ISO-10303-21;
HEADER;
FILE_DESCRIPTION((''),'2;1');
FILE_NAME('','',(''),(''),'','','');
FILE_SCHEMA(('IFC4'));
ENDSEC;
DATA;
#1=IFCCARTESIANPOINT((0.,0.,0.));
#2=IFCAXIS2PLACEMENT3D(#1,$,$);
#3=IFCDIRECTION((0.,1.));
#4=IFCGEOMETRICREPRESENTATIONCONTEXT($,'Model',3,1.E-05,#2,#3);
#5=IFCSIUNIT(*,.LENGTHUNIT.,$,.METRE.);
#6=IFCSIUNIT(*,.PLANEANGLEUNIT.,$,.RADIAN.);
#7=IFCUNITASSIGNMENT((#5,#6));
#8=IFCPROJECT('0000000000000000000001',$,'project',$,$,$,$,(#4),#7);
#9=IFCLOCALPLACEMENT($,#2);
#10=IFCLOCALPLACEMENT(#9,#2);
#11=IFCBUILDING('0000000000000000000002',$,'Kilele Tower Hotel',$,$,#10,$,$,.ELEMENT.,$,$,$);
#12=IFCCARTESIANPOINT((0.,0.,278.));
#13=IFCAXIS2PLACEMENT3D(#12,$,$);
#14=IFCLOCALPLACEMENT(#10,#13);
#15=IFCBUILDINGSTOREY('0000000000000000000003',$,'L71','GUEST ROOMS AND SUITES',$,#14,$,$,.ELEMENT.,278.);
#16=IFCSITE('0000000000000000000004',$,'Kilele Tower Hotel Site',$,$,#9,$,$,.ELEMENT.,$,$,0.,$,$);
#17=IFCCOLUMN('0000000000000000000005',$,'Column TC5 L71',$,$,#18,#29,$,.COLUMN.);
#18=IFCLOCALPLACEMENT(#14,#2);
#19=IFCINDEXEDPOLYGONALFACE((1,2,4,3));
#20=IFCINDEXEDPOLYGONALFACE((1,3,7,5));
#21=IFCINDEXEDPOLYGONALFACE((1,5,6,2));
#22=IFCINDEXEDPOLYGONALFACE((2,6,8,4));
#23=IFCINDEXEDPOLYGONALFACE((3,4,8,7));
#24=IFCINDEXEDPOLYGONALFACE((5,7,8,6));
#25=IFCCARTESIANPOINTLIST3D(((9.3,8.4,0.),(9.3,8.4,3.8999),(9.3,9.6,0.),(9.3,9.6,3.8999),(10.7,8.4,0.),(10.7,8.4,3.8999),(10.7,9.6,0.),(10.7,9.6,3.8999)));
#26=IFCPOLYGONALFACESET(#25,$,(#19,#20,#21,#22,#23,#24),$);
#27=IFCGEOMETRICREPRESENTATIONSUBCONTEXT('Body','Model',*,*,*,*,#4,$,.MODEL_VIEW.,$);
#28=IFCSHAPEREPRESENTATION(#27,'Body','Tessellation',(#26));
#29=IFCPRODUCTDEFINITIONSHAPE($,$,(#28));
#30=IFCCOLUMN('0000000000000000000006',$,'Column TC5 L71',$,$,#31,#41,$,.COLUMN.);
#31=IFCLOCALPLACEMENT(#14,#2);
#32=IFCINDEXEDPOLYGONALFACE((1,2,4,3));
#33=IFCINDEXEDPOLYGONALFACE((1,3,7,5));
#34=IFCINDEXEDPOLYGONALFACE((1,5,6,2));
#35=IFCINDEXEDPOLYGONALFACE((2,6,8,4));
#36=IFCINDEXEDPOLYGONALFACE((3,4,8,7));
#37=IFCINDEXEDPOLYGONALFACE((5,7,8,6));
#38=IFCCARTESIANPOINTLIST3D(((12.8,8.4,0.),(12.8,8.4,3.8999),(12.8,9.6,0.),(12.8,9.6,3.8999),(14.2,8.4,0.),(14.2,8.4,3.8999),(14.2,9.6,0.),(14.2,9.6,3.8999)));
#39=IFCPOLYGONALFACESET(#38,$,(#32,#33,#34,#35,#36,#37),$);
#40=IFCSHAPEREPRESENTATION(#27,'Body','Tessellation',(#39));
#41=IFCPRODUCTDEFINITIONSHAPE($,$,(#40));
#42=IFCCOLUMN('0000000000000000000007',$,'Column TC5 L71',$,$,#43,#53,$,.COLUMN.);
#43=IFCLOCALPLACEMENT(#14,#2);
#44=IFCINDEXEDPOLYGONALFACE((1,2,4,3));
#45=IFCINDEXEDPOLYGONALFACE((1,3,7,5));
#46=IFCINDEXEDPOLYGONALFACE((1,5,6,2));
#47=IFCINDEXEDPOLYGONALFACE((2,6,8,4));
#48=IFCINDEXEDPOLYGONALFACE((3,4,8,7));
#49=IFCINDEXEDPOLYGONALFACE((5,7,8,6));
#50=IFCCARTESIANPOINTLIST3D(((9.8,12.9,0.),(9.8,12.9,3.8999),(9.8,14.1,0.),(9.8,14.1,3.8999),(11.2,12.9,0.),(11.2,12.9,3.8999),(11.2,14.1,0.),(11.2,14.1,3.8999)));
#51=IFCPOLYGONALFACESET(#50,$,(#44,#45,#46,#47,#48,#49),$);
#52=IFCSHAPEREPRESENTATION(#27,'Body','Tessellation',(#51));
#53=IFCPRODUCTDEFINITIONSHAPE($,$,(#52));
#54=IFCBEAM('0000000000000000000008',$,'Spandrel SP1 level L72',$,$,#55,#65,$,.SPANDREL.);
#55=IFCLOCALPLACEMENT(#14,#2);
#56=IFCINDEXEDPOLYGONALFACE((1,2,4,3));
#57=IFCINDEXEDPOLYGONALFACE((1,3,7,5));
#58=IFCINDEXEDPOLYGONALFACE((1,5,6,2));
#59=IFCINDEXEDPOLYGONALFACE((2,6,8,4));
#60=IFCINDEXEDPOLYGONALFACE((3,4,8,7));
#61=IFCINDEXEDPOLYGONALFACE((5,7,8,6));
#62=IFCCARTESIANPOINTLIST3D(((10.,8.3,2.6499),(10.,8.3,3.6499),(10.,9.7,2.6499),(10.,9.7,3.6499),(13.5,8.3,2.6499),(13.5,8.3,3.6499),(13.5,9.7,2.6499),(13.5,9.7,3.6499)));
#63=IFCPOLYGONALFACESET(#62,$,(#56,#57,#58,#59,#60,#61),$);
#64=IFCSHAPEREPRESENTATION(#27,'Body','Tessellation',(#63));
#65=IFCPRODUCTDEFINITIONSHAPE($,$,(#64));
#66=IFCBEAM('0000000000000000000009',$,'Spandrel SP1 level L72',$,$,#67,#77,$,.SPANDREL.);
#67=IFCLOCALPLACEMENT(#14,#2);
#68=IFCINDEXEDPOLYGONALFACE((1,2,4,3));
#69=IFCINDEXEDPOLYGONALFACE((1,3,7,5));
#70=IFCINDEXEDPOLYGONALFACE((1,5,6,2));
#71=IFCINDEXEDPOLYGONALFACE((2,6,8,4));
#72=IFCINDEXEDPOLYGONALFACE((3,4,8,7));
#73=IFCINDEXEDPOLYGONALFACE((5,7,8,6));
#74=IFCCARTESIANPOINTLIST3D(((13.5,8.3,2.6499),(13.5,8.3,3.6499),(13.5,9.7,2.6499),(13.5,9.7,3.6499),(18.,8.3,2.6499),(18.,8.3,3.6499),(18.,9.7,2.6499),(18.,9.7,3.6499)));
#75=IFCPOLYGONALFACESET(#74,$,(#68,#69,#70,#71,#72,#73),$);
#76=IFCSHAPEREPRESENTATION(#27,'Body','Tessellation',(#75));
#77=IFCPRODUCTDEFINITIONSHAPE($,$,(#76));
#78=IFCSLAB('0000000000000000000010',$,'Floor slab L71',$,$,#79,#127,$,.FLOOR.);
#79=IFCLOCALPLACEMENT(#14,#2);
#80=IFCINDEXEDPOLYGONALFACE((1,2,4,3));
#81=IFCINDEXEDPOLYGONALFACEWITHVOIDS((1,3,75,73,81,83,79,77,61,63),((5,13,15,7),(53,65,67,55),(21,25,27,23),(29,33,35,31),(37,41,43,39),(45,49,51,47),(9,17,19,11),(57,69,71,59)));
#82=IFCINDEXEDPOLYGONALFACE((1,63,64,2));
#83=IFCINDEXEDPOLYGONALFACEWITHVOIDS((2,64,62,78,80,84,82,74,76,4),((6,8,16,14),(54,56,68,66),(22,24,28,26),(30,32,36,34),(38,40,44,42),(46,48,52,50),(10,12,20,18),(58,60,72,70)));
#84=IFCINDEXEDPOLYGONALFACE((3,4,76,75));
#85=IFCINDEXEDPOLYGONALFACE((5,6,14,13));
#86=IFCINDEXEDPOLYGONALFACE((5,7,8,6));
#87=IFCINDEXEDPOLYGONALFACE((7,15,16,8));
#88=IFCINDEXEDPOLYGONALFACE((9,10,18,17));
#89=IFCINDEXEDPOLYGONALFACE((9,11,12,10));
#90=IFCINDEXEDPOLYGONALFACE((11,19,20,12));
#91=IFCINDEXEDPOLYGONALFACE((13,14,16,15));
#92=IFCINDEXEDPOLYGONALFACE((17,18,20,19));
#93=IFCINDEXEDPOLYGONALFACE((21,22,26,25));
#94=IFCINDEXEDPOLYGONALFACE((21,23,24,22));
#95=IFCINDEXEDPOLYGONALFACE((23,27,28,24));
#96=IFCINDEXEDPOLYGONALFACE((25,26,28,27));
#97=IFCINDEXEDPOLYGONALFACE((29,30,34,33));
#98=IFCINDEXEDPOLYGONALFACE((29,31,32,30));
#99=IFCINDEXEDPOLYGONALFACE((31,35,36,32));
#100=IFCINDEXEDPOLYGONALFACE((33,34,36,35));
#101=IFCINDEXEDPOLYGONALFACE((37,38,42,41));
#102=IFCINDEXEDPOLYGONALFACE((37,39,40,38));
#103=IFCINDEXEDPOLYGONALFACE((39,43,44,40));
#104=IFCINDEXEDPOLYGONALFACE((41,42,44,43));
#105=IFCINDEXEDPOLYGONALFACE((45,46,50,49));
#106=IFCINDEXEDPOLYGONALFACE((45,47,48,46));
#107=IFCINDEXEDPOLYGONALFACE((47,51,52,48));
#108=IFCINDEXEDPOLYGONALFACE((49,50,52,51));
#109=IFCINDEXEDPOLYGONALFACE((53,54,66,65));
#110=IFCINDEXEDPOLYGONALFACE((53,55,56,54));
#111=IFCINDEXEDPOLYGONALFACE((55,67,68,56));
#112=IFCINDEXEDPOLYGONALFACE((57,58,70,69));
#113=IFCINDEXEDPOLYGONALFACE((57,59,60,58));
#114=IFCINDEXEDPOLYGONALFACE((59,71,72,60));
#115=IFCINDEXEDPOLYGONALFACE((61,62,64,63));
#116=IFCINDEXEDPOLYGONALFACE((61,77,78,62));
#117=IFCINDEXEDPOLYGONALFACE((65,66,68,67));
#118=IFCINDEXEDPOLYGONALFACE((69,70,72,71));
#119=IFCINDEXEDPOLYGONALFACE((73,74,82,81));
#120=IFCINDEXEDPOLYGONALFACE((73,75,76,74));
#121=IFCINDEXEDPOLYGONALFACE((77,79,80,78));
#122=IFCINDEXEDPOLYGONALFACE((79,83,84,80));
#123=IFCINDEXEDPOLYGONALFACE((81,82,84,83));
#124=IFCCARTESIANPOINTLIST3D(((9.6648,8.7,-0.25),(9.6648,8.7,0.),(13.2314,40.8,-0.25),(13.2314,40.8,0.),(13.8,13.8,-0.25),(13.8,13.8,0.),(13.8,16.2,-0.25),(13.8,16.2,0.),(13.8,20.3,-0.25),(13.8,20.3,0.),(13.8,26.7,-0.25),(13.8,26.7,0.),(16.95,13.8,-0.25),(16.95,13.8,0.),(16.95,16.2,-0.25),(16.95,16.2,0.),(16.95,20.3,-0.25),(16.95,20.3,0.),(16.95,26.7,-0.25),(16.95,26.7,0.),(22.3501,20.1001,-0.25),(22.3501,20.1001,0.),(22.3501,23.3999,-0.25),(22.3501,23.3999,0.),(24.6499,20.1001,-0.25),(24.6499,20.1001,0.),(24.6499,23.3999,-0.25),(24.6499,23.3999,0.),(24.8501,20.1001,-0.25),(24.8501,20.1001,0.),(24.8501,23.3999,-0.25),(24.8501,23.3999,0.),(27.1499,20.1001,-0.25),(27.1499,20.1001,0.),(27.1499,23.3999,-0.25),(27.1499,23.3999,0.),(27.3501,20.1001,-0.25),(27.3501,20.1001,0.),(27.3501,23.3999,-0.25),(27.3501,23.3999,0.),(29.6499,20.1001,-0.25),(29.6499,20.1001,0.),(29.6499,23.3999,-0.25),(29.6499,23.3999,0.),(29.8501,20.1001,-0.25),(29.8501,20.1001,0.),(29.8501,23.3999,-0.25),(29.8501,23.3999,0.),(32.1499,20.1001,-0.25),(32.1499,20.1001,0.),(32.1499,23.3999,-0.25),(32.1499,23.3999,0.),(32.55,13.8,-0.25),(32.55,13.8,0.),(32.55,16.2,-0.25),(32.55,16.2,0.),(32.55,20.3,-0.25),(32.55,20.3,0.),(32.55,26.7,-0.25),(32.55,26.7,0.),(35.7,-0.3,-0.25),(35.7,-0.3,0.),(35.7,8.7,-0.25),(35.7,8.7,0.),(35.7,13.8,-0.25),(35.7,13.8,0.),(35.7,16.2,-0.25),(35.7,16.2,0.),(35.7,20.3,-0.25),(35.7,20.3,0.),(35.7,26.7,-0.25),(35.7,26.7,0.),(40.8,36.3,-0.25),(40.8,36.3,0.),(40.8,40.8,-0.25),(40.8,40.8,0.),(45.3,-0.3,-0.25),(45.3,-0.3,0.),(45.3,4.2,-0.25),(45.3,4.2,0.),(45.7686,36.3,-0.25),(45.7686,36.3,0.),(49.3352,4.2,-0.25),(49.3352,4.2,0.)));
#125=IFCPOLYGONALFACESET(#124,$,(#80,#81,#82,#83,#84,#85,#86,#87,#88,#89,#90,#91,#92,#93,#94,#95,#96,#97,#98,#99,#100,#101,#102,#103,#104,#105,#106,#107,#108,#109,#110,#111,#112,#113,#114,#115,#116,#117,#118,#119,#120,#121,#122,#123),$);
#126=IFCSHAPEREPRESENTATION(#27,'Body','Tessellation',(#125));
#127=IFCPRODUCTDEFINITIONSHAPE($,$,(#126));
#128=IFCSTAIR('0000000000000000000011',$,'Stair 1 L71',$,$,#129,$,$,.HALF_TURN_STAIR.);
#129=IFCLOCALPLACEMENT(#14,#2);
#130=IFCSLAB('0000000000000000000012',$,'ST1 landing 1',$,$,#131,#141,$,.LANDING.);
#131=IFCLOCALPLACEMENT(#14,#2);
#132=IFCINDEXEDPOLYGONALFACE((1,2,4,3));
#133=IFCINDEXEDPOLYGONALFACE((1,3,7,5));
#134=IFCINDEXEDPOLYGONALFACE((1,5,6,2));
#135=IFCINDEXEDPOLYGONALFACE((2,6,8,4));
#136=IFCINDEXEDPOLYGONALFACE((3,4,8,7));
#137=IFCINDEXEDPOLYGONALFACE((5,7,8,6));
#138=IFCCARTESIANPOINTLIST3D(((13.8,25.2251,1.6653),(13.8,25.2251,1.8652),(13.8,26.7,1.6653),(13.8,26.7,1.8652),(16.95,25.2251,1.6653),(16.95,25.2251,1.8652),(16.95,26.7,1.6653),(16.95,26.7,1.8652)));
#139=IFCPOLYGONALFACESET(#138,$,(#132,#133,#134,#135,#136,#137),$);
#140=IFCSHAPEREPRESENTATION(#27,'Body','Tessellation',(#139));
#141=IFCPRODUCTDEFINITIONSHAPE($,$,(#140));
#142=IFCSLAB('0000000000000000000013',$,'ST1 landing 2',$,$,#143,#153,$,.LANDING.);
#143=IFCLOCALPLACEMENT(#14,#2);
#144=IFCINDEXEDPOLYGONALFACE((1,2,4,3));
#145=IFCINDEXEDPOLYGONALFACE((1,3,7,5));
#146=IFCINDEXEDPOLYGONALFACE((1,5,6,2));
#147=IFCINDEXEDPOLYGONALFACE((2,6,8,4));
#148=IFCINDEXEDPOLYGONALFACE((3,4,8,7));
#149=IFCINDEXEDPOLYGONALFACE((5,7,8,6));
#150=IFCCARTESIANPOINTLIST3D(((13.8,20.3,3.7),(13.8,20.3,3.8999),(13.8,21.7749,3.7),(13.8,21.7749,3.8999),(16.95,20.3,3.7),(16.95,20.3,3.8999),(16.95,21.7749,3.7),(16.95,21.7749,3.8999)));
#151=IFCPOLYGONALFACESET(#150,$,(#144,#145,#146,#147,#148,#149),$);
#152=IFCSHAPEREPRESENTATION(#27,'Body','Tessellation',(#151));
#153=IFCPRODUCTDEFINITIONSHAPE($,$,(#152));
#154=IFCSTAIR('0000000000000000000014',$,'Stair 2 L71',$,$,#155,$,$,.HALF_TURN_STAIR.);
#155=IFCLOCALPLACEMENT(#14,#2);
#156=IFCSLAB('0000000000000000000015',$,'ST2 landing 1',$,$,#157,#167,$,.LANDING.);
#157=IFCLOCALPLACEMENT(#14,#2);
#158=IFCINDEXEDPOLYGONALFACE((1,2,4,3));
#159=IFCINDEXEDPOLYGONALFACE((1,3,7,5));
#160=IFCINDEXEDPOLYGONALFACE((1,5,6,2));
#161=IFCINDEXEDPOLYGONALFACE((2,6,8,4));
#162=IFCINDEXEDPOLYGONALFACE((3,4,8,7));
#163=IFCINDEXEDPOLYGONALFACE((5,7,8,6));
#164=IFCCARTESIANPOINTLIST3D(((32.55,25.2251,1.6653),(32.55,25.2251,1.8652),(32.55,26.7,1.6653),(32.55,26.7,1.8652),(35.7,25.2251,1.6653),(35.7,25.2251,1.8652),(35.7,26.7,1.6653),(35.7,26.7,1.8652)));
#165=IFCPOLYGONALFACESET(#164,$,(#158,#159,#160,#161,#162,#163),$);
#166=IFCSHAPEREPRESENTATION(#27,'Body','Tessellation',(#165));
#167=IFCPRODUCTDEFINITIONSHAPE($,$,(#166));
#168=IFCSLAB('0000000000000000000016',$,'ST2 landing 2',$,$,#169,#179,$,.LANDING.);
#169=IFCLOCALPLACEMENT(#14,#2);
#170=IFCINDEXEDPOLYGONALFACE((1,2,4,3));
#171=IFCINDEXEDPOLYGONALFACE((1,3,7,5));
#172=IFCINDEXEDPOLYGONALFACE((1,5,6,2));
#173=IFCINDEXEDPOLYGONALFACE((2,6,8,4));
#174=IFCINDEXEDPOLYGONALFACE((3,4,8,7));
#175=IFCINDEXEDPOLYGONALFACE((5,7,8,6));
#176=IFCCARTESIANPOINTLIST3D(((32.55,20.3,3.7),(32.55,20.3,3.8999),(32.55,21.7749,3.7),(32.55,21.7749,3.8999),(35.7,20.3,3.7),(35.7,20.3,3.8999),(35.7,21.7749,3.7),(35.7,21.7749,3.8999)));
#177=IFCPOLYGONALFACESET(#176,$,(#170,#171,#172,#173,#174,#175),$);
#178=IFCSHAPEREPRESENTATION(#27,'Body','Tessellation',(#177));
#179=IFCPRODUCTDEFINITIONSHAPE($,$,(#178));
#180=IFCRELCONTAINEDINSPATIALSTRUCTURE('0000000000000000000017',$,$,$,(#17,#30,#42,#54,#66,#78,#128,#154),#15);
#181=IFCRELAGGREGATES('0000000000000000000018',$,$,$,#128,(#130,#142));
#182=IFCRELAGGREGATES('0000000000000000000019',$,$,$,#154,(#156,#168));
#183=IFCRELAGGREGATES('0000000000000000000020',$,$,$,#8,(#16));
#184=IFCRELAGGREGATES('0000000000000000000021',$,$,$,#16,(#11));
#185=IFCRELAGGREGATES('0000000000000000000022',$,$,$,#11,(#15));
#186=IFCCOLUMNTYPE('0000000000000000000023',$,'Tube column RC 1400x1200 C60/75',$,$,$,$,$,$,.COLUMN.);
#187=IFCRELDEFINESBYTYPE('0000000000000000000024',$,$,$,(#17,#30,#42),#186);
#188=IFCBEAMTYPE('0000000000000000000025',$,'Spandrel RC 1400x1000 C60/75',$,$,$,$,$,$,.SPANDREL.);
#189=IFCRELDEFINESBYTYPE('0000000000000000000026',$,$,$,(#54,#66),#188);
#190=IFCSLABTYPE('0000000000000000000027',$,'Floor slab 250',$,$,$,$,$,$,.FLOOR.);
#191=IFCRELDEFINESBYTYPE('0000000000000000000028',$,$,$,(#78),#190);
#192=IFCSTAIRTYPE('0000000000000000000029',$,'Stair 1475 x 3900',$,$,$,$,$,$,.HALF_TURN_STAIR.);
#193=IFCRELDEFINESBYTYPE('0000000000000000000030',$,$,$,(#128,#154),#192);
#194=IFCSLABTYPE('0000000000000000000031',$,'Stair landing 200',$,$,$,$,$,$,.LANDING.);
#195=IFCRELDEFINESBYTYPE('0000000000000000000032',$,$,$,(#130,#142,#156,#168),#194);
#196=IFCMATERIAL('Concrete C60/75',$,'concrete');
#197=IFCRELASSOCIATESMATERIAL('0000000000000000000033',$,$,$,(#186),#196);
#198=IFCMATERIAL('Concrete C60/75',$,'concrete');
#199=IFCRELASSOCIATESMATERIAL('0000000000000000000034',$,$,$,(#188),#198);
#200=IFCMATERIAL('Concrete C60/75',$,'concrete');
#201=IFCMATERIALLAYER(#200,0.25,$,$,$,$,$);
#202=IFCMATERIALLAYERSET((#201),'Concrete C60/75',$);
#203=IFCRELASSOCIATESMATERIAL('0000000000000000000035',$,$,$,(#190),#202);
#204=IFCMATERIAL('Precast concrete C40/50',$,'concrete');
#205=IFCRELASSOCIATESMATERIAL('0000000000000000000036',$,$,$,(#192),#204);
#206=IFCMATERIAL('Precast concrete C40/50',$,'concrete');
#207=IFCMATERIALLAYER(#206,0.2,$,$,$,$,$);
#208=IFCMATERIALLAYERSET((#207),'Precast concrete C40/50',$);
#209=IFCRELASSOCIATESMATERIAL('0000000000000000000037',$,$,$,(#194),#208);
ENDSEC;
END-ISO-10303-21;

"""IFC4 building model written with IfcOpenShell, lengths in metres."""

from ifc_helpers import new_model, si_unit, direction, frame, origin, origin_2d, place, context, subcontext, project, spatial, polyline, rectangle, outline, extrude, material, layer, layer_set, material_profile, profile_set, type_object, element, aggregate, save


model = new_model("IFC4")

# Units and contexts
model_context = context("Model", 3, precision=1e-05, world=origin(), true_north=direction((0.0, 1.0)))
body_context = subcontext(model_context, "Body", "Model", "MODEL_VIEW")
ifc_project = project(units=[si_unit("LENGTHUNIT", "METRE"), si_unit("PLANEANGLEUNIT", "RADIAN")], contexts=[model_context])

# Site, building, storey
site_placement = place(None, origin())
site = spatial("IfcSite", under=ifc_project, at=site_placement, Name="Kilele Tower Hotel Site", CompositionType="ELEMENT", RefElevation=0.0)
building_placement = place(site_placement, origin())
building = spatial("IfcBuilding", under=site, at=building_placement, Name="Kilele Tower Hotel", CompositionType="ELEMENT")
storey_placement = place(building_placement, frame((0.0, 0.0, 278.0)))
storey = spatial("IfcBuildingStorey", under=building, at=storey_placement, Name="L71", Description="GUEST ROOMS AND SUITES", CompositionType="ELEMENT", Elevation=278.0)

# Columns
ifc_material_1 = material(Name="Concrete C60/75", Category="concrete")
ifc_material_profile_1 = material_profile(ifc_material_1, rectangle(XDim=1.3999, YDim=1.2, at=origin_2d()))
ifc_profile_set_1 = profile_set([ifc_material_profile_1], Name="Concrete C60/75")
column_type = type_object("IfcColumnType", Name="Tube column RC 1400x1200 C60/75", PredefinedType="COLUMN", material=ifc_profile_set_1)
for number, where, z_axis, x_axis, name in (
    (1, (10.0, 9.0, 0.0), (0.0, 0.0, 1.0), (1.0, 0.0, 0.0), "Column TC5 L71"),
    (2, (13.5, 9.0, 0.0), (0.0, 0.0, 1.0), (1.0, 0.0, 0.0), "Column TC5 L71"),
    (3, (10.5, 13.5, 0.0), (0.0, 0.0, 1.0), (1.0, 0.0, 0.0), "Column TC5 L71"),
):
    element("IfcColumn", number, at=place(storey_placement, frame(where, z_axis=z_axis, x_axis=x_axis)), inside=storey, type_object=column_type, Name=name, PredefinedType="COLUMN", context=body_context, shape_type="SweptSolid", body=[
        extrude(rectangle(XDim=1.3999, YDim=1.2, at=origin_2d()), origin(), (0.0, 0.0, 1.0), 3.8999),
    ])

# Beams
ifc_material_2 = material(Name="Concrete C60/75", Category="concrete")
ifc_material_profile_2 = material_profile(ifc_material_2, rectangle(XDim=1.3999, YDim=1.0, at=origin_2d()))
ifc_profile_set_2 = profile_set([ifc_material_profile_2], Name="Concrete C60/75")
beam_type = type_object("IfcBeamType", Name="Spandrel RC 1400x1000 C60/75", PredefinedType="SPANDREL", material=ifc_profile_set_2)
beam_1_placement = place(storey_placement, frame((10.0, 9.0, 3.1499), z_axis=(1.0, 0.0, 0.0), x_axis=(0.0, 1.0, 0.0)))
element("IfcBeam", 4, at=beam_1_placement, inside=storey, type_object=beam_type, Name="Spandrel SP1 level L72", PredefinedType="SPANDREL", context=body_context, shape_type="SweptSolid", body=[
    extrude(rectangle(XDim=1.3999, YDim=1.0, at=origin_2d()), origin(), (0.0, 0.0, 1.0), 3.5),
])
beam_2_placement = place(storey_placement, frame((13.5, 9.0, 3.1499), z_axis=(1.0, 0.0, 0.0), x_axis=(0.0, 1.0, 0.0)))
element("IfcBeam", 5, at=beam_2_placement, inside=storey, type_object=beam_type, Name="Spandrel SP1 level L72", PredefinedType="SPANDREL", context=body_context, shape_type="SweptSolid", body=[
    extrude(rectangle(XDim=1.3999, YDim=1.0, at=origin_2d()), origin(), (0.0, 0.0, 1.0), 4.5),
])

# Slab
ifc_material_3 = material(Name="Concrete C60/75", Category="concrete")
ifc_layer_1 = layer(ifc_material_3, 0.25)
ifc_layer_set_1 = layer_set([ifc_layer_1], Name="Concrete C60/75")
slab_type_1 = type_object("IfcSlabType", Name="Floor slab 250", PredefinedType="FLOOR", material=ifc_layer_set_1)
slab_1_placement = place(storey_placement, frame((0.0, 0.0, -0.25)))
element("IfcSlab", 6, at=slab_1_placement, inside=storey, type_object=slab_type_1, Name="Floor slab L71", PredefinedType="FLOOR", context=body_context, shape_type="SweptSolid", body=[
    extrude(outline(polyline([(40.8, 40.8), (40.8, 36.3), (45.7686, 36.3), (49.3352, 4.2), (45.3, 4.2), (45.3, -0.3), (35.7, -0.3), (35.7, 8.7), (9.6648, 8.7), (13.2314, 40.8), (40.8, 40.8)]), holes=[polyline([(16.95, 16.2), (13.8, 16.2), (13.8, 13.8), (16.95, 13.8), (16.95, 16.2)]), polyline([(35.7, 16.2), (32.55, 16.2), (32.55, 13.8), (35.7, 13.8), (35.7, 16.2)]), polyline([(24.6499, 23.3999), (22.3501, 23.3999), (22.3501, 20.1001), (24.6499, 20.1001), (24.6499, 23.3999)]), polyline([(27.1499, 23.3999), (24.8501, 23.3999), (24.8501, 20.1001), (27.1499, 20.1001), (27.1499, 23.3999)]), polyline([(29.6499, 23.3999), (27.3501, 23.3999), (27.3501, 20.1001), (29.6499, 20.1001), (29.6499, 23.3999)]), polyline([(32.1499, 23.3999), (29.8501, 23.3999), (29.8501, 20.1001), (32.1499, 20.1001), (32.1499, 23.3999)]), polyline([(16.95, 26.7), (13.8, 26.7), (13.8, 20.3), (16.95, 20.3), (16.95, 26.7)]), polyline([(35.7, 26.7), (32.55, 26.7), (32.55, 20.3), (35.7, 20.3), (35.7, 26.7)])]), origin(), (0.0, 0.0, 1.0), 0.25),
])

# Stairs, slabs
ifc_material_4 = material(Name="Precast concrete C40/50", Category="concrete")
stair_type = type_object("IfcStairType", Name="Stair 1475 x 3900", PredefinedType="HALF_TURN_STAIR", material=ifc_material_4)
stair_1_placement = place(storey_placement, origin())
stair_1 = element("IfcStair", 7, at=stair_1_placement, inside=storey, type_object=stair_type, Name="Stair 1 L71", PredefinedType="HALF_TURN_STAIR")
ifc_material_5 = material(Name="Precast concrete C40/50", Category="concrete")
ifc_layer_2 = layer(ifc_material_5, 0.2)
ifc_layer_set_2 = layer_set([ifc_layer_2], Name="Precast concrete C40/50")
slab_type_2 = type_object("IfcSlabType", Name="Stair landing 200", PredefinedType="LANDING", material=ifc_layer_set_2)
slab_2_placement = place(storey_placement, frame((0.0, 0.0, 1.6653)))
slab_2 = element("IfcSlab", 8, at=slab_2_placement, type_object=slab_type_2, Name="ST1 landing 1", PredefinedType="LANDING", context=body_context, shape_type="SweptSolid", body=[
    extrude(outline(polyline([(13.8, 25.2251), (16.95, 25.2251), (16.95, 26.7), (13.8, 26.7), (13.8, 25.2251)])), origin(), (0.0, 0.0, 1.0), 0.2),
])
slab_3_placement = place(storey_placement, frame((0.0, 0.0, 3.7)))
slab_3 = element("IfcSlab", 9, at=slab_3_placement, type_object=slab_type_2, Name="ST1 landing 2", PredefinedType="LANDING", context=body_context, shape_type="SweptSolid", body=[
    extrude(outline(polyline([(13.8, 20.3), (16.95, 20.3), (16.95, 21.7749), (13.8, 21.7749), (13.8, 20.3)])), origin(), (0.0, 0.0, 1.0), 0.2),
])
aggregate(stair_1, [slab_2, slab_3])
stair_2_placement = place(storey_placement, origin())
stair_2 = element("IfcStair", 10, at=stair_2_placement, inside=storey, type_object=stair_type, Name="Stair 2 L71", PredefinedType="HALF_TURN_STAIR")
slab_4_placement = place(storey_placement, frame((0.0, 0.0, 1.6653)))
slab_4 = element("IfcSlab", 11, at=slab_4_placement, type_object=slab_type_2, Name="ST2 landing 1", PredefinedType="LANDING", context=body_context, shape_type="SweptSolid", body=[
    extrude(outline(polyline([(32.55, 25.2251), (35.7, 25.2251), (35.7, 26.7), (32.55, 26.7), (32.55, 25.2251)])), origin(), (0.0, 0.0, 1.0), 0.2),
])
slab_5_placement = place(storey_placement, frame((0.0, 0.0, 3.7)))
slab_5 = element("IfcSlab", 12, at=slab_5_placement, type_object=slab_type_2, Name="ST2 landing 2", PredefinedType="LANDING", context=body_context, shape_type="SweptSolid", body=[
    extrude(outline(polyline([(32.55, 20.3), (35.7, 20.3), (35.7, 21.7749), (32.55, 21.7749), (32.55, 20.3)])), origin(), (0.0, 0.0, 1.0), 0.2),
])
aggregate(stair_2, [slab_4, slab_5])

save(model, "model.ifc")
